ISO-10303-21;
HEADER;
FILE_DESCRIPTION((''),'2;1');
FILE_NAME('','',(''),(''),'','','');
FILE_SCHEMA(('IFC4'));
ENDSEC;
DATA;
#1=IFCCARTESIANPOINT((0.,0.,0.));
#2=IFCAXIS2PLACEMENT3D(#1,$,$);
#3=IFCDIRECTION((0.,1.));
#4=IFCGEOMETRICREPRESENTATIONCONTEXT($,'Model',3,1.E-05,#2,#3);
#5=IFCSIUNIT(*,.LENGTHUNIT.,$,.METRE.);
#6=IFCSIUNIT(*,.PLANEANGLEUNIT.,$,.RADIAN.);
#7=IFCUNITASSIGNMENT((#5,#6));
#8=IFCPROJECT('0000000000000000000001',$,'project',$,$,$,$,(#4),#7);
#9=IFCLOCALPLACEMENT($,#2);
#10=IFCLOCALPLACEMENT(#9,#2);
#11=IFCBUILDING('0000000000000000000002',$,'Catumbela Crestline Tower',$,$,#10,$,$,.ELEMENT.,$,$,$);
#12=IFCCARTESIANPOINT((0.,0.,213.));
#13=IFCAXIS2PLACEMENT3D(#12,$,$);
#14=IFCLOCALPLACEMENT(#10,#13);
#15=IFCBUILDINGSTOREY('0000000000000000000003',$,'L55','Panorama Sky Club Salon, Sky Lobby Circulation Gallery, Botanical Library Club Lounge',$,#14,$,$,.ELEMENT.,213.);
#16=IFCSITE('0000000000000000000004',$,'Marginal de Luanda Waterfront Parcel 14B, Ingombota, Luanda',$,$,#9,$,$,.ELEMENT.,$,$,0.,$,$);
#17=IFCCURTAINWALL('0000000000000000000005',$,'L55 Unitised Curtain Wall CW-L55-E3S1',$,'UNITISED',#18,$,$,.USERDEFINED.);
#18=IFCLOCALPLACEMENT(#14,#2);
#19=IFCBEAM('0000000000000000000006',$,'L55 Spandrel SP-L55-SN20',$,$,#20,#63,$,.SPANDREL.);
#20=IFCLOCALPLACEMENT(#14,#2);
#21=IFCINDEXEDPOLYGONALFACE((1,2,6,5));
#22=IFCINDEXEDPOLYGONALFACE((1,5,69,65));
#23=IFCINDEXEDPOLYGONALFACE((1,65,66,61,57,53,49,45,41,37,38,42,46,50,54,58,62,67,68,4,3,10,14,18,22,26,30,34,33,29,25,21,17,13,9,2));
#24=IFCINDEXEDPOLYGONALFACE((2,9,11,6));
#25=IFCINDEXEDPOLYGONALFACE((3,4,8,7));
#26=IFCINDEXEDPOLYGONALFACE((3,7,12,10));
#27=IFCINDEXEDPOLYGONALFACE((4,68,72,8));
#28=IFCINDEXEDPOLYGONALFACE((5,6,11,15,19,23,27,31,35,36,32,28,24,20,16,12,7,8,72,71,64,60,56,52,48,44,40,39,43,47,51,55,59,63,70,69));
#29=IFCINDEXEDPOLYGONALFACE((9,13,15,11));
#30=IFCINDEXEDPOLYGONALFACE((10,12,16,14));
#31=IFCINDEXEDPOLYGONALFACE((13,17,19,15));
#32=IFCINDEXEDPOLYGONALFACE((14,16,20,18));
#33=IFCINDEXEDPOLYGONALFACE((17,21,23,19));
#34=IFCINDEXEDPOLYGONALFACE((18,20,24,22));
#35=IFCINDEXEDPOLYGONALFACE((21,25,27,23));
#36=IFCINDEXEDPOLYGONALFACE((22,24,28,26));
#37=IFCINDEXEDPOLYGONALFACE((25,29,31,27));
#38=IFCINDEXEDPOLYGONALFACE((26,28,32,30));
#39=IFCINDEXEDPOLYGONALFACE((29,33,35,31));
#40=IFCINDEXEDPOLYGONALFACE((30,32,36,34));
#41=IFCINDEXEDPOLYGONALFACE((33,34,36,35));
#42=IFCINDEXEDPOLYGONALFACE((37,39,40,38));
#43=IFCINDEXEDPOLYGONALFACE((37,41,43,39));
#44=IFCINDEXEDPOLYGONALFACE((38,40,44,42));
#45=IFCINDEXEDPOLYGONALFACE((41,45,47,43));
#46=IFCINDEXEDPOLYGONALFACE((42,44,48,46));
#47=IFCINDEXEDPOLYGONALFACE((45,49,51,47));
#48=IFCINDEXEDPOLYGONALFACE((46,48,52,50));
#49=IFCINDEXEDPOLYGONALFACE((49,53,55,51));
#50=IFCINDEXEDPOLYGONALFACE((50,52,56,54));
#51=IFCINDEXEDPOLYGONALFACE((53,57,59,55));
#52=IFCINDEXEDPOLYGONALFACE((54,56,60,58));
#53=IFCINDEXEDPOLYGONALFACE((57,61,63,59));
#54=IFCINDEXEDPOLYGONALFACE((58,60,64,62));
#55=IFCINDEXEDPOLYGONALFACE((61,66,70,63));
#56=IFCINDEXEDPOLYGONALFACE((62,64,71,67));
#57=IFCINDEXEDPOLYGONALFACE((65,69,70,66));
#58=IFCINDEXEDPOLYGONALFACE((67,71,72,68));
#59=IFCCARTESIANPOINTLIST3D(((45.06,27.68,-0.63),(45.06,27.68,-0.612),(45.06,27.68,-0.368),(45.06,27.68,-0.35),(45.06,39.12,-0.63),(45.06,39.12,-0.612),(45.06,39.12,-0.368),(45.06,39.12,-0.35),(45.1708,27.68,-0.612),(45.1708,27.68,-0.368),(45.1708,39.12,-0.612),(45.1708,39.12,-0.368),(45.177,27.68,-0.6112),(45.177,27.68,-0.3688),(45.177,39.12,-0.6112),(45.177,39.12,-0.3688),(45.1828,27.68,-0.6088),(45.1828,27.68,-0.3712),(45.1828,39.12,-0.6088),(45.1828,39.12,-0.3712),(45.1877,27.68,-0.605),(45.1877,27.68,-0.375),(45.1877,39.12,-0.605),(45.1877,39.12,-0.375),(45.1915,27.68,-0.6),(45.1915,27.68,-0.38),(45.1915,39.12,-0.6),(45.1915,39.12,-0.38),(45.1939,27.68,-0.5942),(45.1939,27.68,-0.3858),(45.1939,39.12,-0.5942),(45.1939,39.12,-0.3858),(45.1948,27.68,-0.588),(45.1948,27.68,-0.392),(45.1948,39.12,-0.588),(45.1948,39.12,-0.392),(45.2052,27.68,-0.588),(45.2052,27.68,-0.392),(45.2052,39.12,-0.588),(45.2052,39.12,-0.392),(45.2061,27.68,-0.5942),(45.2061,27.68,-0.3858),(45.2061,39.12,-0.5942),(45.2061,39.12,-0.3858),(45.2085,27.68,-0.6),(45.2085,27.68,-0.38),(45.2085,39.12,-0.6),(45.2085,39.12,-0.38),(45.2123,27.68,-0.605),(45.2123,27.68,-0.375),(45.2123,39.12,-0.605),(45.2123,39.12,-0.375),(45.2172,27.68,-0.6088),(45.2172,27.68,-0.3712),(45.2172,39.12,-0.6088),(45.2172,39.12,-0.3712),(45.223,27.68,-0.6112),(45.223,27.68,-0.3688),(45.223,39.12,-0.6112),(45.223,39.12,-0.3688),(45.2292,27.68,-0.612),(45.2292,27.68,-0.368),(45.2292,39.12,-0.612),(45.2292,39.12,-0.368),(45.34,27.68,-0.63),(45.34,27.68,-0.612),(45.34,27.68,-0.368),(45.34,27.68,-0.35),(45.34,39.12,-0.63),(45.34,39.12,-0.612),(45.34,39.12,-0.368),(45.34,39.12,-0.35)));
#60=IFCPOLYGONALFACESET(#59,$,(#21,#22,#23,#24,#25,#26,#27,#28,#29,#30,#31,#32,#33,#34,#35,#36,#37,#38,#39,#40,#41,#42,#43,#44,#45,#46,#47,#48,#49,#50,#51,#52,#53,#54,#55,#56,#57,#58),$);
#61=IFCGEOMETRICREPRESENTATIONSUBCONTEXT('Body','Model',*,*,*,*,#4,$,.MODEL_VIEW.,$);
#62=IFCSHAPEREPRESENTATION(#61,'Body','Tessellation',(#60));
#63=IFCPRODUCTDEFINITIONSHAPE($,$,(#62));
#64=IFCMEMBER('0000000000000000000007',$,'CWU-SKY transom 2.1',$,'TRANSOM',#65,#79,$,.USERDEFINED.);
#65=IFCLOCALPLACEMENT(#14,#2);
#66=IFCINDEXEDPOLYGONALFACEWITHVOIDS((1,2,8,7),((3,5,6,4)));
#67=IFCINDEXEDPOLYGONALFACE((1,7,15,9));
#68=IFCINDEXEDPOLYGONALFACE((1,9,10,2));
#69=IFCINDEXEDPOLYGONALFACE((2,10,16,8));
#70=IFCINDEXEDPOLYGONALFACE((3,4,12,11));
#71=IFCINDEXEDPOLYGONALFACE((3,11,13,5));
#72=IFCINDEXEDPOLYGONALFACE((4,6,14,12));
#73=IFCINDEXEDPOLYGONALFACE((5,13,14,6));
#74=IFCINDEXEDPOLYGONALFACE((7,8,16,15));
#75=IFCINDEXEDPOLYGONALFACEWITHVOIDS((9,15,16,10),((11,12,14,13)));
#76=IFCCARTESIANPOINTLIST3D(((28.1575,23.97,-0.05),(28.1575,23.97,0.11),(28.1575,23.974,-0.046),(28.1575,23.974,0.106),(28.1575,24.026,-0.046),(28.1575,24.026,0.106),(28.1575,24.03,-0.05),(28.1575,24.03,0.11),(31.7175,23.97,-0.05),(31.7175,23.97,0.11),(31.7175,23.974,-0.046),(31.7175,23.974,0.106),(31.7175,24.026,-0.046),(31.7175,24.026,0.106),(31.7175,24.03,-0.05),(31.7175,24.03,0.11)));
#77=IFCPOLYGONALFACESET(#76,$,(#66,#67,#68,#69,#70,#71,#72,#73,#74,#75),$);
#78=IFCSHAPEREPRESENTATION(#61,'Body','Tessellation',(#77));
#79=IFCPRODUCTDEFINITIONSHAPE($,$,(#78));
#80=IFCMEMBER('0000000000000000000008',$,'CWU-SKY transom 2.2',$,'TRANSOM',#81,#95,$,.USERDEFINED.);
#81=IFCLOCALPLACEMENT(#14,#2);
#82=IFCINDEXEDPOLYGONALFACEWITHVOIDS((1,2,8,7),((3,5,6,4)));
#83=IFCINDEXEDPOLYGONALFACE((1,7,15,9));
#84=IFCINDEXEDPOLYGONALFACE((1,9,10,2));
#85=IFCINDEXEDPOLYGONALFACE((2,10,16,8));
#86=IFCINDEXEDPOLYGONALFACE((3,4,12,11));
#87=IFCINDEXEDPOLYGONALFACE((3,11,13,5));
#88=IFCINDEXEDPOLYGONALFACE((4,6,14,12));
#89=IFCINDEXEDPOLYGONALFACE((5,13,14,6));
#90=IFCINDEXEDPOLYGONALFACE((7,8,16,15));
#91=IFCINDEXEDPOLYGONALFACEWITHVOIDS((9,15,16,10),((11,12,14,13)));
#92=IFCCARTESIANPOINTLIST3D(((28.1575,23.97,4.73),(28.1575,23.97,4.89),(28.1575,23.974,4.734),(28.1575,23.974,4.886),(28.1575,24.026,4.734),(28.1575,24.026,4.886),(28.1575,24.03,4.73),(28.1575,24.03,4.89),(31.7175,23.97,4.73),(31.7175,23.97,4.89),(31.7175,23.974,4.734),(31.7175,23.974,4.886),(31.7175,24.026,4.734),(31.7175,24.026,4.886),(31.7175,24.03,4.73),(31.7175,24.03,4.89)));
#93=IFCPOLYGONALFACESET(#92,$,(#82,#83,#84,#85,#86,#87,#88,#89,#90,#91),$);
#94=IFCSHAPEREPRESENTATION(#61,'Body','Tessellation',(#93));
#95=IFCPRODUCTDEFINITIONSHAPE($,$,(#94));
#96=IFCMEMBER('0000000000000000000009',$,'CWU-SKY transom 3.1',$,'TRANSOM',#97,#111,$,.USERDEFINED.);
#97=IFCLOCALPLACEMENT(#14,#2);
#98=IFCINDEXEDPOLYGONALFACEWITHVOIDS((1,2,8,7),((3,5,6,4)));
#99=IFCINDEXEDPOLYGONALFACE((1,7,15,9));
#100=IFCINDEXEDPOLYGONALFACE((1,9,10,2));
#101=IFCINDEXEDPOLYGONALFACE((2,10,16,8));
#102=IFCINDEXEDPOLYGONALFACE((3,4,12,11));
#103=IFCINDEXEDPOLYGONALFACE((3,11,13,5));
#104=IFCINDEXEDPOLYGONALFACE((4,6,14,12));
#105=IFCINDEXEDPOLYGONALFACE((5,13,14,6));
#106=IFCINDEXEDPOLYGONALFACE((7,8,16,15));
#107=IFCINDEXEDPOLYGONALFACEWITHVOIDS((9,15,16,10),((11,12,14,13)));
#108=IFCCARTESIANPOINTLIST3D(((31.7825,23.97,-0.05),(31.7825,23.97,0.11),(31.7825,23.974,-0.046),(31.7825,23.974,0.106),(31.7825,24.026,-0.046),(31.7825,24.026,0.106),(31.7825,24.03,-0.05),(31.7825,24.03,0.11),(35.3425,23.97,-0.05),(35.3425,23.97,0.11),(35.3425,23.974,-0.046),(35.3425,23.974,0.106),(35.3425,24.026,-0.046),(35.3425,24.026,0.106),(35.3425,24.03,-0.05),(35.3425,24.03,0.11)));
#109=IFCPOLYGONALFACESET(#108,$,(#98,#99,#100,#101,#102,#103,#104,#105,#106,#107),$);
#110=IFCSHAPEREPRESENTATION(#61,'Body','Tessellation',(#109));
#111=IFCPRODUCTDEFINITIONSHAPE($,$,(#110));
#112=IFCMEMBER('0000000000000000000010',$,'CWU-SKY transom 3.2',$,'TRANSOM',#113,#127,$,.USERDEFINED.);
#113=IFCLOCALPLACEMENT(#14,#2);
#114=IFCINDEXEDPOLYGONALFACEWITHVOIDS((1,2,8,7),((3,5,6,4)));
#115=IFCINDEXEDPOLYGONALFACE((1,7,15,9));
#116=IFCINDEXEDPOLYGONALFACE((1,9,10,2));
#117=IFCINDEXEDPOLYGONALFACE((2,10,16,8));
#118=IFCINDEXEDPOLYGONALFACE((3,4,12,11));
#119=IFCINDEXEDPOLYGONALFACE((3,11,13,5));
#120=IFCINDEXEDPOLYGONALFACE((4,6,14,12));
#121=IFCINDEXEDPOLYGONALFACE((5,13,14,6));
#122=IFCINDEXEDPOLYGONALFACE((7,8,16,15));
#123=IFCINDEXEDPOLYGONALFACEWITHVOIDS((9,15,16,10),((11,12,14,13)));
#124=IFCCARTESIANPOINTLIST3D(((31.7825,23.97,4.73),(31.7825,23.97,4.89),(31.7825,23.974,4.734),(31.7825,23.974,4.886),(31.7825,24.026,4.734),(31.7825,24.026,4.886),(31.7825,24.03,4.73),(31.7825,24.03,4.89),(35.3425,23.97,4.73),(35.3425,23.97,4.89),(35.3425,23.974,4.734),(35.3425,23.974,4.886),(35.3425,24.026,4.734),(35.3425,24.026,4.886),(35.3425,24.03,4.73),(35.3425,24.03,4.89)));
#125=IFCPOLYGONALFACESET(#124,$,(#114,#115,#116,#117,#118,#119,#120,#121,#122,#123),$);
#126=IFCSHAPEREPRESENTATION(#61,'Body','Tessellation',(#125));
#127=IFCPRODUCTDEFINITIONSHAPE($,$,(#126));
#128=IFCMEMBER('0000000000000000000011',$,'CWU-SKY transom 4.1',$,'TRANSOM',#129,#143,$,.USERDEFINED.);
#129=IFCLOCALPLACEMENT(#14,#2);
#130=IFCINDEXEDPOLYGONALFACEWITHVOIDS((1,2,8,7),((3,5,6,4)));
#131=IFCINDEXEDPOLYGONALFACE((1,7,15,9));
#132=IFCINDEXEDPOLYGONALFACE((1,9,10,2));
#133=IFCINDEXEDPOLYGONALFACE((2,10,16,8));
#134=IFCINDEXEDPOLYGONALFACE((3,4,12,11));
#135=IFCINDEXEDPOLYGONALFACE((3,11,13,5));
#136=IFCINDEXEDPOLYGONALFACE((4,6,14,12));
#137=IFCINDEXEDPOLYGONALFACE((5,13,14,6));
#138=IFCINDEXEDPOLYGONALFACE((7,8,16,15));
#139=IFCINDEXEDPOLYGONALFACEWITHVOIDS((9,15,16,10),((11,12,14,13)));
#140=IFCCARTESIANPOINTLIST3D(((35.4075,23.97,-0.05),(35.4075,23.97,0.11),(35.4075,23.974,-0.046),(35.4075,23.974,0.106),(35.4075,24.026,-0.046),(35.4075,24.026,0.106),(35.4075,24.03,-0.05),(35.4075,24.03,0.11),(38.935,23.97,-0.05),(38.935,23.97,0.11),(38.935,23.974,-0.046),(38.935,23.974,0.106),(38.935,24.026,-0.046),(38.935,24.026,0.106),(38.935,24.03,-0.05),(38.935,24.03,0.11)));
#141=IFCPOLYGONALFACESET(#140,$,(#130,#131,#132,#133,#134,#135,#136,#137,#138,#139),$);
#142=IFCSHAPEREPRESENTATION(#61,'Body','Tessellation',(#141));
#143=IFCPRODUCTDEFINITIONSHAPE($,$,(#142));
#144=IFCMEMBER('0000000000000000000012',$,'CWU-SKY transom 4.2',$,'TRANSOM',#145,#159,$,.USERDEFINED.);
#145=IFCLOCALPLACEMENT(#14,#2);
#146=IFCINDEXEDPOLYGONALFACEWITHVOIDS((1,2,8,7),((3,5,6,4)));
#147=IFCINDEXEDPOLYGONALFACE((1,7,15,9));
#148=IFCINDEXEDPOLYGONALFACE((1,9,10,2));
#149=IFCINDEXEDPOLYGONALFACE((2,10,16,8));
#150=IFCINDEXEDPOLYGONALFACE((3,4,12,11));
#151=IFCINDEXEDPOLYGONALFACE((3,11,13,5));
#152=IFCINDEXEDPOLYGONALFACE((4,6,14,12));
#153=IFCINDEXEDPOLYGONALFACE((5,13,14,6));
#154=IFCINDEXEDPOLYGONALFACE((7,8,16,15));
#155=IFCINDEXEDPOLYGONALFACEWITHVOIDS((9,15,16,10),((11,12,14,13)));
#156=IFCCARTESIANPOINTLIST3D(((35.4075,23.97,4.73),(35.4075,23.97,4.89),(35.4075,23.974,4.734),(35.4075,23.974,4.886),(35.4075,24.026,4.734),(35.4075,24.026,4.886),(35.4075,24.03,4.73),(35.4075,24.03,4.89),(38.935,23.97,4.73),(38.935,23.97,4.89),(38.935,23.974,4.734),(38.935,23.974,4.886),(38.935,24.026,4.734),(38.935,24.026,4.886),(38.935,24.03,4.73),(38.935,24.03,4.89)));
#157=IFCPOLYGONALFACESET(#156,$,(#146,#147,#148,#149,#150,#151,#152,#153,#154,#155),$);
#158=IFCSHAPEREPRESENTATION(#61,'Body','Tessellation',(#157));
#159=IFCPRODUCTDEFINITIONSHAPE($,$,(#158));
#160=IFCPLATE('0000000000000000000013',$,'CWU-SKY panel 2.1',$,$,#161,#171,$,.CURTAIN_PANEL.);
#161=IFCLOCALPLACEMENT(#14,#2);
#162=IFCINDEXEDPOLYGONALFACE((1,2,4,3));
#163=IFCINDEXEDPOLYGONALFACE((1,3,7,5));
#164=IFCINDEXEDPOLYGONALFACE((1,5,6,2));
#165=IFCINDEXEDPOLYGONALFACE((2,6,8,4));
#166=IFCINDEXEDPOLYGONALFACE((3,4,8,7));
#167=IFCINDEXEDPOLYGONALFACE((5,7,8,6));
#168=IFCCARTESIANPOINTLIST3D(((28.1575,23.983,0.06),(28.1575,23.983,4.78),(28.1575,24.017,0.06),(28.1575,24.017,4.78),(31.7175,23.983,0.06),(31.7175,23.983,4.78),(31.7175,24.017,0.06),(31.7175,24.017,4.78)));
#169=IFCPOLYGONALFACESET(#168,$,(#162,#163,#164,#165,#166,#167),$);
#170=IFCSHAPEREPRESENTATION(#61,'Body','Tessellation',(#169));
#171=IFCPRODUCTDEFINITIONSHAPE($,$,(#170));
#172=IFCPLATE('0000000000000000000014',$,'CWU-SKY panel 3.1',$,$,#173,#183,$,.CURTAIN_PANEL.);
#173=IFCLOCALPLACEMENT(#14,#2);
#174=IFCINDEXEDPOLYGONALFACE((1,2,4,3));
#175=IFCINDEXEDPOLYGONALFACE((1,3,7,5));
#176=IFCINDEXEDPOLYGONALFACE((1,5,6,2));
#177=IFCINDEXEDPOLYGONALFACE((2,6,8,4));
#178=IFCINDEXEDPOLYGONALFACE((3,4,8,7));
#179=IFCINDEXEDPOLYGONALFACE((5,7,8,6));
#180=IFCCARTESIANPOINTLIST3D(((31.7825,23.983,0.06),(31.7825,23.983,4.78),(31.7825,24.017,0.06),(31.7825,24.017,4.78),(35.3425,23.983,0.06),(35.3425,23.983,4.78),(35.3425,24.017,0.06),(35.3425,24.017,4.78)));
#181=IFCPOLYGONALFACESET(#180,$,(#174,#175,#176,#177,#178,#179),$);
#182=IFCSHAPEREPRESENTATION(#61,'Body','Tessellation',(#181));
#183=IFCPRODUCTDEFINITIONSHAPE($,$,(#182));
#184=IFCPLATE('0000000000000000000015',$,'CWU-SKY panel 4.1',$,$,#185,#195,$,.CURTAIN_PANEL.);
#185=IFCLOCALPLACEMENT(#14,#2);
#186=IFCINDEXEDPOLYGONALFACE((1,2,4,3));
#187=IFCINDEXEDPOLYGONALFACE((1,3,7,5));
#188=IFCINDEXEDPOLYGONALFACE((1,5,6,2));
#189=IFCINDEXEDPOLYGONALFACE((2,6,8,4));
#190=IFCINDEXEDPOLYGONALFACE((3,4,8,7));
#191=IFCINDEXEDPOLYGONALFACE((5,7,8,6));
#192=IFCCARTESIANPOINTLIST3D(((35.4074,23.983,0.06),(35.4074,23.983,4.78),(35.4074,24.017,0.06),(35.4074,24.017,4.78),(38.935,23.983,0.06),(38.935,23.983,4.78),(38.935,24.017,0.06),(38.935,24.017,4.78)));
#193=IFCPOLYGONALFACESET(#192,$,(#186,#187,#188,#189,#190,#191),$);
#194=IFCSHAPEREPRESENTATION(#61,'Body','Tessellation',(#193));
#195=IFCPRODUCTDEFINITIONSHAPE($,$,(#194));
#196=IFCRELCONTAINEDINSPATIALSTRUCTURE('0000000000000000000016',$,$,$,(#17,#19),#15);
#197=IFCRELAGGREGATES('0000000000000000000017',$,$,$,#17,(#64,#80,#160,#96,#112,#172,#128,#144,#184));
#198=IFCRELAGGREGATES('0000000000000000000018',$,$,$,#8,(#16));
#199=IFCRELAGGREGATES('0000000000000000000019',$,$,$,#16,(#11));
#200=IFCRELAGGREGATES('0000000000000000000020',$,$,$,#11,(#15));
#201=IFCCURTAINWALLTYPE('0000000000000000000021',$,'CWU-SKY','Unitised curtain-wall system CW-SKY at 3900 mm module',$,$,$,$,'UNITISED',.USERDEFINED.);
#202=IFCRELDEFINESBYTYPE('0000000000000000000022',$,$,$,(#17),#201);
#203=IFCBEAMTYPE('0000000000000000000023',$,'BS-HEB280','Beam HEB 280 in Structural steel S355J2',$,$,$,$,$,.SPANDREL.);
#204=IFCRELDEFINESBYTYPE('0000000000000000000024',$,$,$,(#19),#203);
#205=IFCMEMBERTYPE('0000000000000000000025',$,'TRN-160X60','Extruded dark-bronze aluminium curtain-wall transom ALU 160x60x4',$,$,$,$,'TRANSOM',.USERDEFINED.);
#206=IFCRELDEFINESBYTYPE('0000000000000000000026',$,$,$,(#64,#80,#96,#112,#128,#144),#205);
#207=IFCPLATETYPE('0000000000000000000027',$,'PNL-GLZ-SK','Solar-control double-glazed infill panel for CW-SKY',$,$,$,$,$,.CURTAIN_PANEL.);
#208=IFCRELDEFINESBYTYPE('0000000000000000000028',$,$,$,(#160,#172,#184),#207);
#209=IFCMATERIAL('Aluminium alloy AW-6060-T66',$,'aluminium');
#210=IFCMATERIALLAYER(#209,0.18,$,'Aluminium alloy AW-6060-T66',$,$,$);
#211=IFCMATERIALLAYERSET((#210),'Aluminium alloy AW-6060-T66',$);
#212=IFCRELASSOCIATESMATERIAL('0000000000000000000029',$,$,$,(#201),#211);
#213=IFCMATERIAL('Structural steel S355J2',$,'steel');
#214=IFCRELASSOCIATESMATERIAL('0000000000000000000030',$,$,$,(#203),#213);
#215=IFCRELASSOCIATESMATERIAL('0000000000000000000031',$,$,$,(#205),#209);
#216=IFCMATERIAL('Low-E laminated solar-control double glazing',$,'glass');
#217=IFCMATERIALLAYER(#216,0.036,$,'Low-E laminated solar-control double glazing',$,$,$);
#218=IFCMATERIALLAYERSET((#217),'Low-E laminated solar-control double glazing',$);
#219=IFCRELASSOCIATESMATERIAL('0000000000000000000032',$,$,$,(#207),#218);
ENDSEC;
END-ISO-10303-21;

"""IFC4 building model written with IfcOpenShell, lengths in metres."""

from ifc_helpers import new_model, si_unit, direction, frame, origin, origin_2d, place, context, subcontext, project, spatial, rectangle, hollow_rectangle, i_section, extrude, material, layer, layer_set, material_profile, profile_set, type_object, element, aggregate, save


model = new_model("IFC4")

# Units and contexts
model_context = context("Model", 3, precision=1e-05, world=origin(), true_north=direction((0.0, 1.0)))
body_context = subcontext(model_context, "Body", "Model", "MODEL_VIEW")
ifc_project = project(units=[si_unit("LENGTHUNIT", "METRE"), si_unit("PLANEANGLEUNIT", "RADIAN")], contexts=[model_context])

# Site, building, storey
site_placement = place(None, origin())
site = spatial("IfcSite", under=ifc_project, at=site_placement, Name="Marginal de Luanda Waterfront Parcel 14B, Ingombota, Luanda", CompositionType="ELEMENT", RefElevation=0.0)
building_placement = place(site_placement, origin())
building = spatial("IfcBuilding", under=site, at=building_placement, Name="Catumbela Crestline Tower", CompositionType="ELEMENT")
storey_placement = place(building_placement, frame((0.0, 0.0, 213.0)))
storey = spatial("IfcBuildingStorey", under=building, at=storey_placement, Name="L55", Description="Panorama Sky Club Salon, Sky Lobby Circulation Gallery, Botanical Library Club Lounge", CompositionType="ELEMENT", Elevation=213.0)

# Shared definitions
ifc_material_1 = material(Name="Structural steel S355J2", Category="steel")

# Curtain wall
ifc_material_2 = material(Name="Aluminium alloy AW-6060-T66", Category="aluminium")
ifc_layer_1 = layer(ifc_material_2, 0.18, Name="Aluminium alloy AW-6060-T66")
ifc_layer_set_1 = layer_set([ifc_layer_1], Name="Aluminium alloy AW-6060-T66")
curtain_wall_type = type_object("IfcCurtainWallType", Name="CWU-SKY", Description="Unitised curtain-wall system CW-SKY at 3900 mm module", ElementType="UNITISED", PredefinedType="USERDEFINED", material=ifc_layer_set_1)
curtain_wall_placement = place(storey_placement, origin())
curtain_wall = element("IfcCurtainWall", 1, at=curtain_wall_placement, inside=storey, type_object=curtain_wall_type, Name="L55 Unitised Curtain Wall CW-L55-E3S1", ObjectType="UNITISED", PredefinedType="USERDEFINED")

# Beam
ifc_material_profile_1 = material_profile(ifc_material_1, i_section(OverallWidth=0.28, OverallDepth=0.28, WebThickness=0.0105, FlangeThickness=0.018, FilletRadius=0.024, at=origin_2d()), Name="HEB 280")
ifc_profile_set_1 = profile_set([ifc_material_profile_1], Name="Structural steel S355J2")
beam_type_1 = type_object("IfcBeamType", Name="BS-HEB280", Description="Beam HEB 280 in Structural steel S355J2", PredefinedType="SPANDREL", material=ifc_profile_set_1)
beam_1_placement = place(storey_placement, frame((45.2, 27.68, -0.49), z_axis=(0.0, 1.0, 0.0), x_axis=(-1.0, 0.0, 0.0)))
element("IfcBeam", 2, at=beam_1_placement, inside=storey, type_object=beam_type_1, Name="L55 Spandrel SP-L55-SN20", PredefinedType="SPANDREL", context=body_context, shape_type="SweptSolid", body=[
    extrude(i_section(OverallWidth=0.28, OverallDepth=0.28, WebThickness=0.0105, FlangeThickness=0.018, FilletRadius=0.024, at=origin_2d()), origin(), (0.0, 0.0, 1.0), 11.44),
])

# Members
ifc_material_profile_2 = material_profile(ifc_material_2, hollow_rectangle(XDim=0.06, YDim=0.16, WallThickness=0.004, at=origin_2d()), Name="ALU 160x60x4")
ifc_profile_set_2 = profile_set([ifc_material_profile_2], Name="Aluminium alloy AW-6060-T66")
member_type_1 = type_object("IfcMemberType", Name="TRN-160X60", Description="Extruded dark-bronze aluminium curtain-wall transom ALU 160x60x4", ElementType="TRANSOM", PredefinedType="USERDEFINED", material=ifc_profile_set_2)
member_1_placement = place(storey_placement, frame((28.1575, 24.0, 0.03), z_axis=(1.0, 0.0, 0.0), x_axis=(0.0, 1.0, 0.0)))
member_1 = element("IfcMember", 3, at=member_1_placement, type_object=member_type_1, Name="CWU-SKY transom 2.1", ObjectType="TRANSOM", PredefinedType="USERDEFINED", context=body_context, shape_type="SweptSolid", body=[
    extrude(hollow_rectangle(XDim=0.06, YDim=0.16, WallThickness=0.004, at=origin_2d()), origin(), (0.0, 0.0, 1.0), 3.56),
])
member_2_placement = place(storey_placement, frame((28.1575, 24.0, 4.81), z_axis=(1.0, 0.0, 0.0), x_axis=(0.0, 1.0, 0.0)))
member_2 = element("IfcMember", 4, at=member_2_placement, type_object=member_type_1, Name="CWU-SKY transom 2.2", ObjectType="TRANSOM", PredefinedType="USERDEFINED", context=body_context, shape_type="SweptSolid", body=[
    extrude(hollow_rectangle(XDim=0.06, YDim=0.16, WallThickness=0.004, at=origin_2d()), origin(), (0.0, 0.0, 1.0), 3.56),
])
member_3_placement = place(storey_placement, frame((31.7825, 24.0, 0.03), z_axis=(1.0, 0.0, 0.0), x_axis=(0.0, 1.0, 0.0)))
member_3 = element("IfcMember", 5, at=member_3_placement, type_object=member_type_1, Name="CWU-SKY transom 3.1", ObjectType="TRANSOM", PredefinedType="USERDEFINED", context=body_context, shape_type="SweptSolid", body=[
    extrude(hollow_rectangle(XDim=0.06, YDim=0.16, WallThickness=0.004, at=origin_2d()), origin(), (0.0, 0.0, 1.0), 3.56),
])
member_4_placement = place(storey_placement, frame((31.7825, 24.0, 4.81), z_axis=(1.0, 0.0, 0.0), x_axis=(0.0, 1.0, 0.0)))
member_4 = element("IfcMember", 6, at=member_4_placement, type_object=member_type_1, Name="CWU-SKY transom 3.2", ObjectType="TRANSOM", PredefinedType="USERDEFINED", context=body_context, shape_type="SweptSolid", body=[
    extrude(hollow_rectangle(XDim=0.06, YDim=0.16, WallThickness=0.004, at=origin_2d()), origin(), (0.0, 0.0, 1.0), 3.56),
])
member_5_placement = place(storey_placement, frame((35.4075, 24.0, 0.03), z_axis=(1.0, 0.0, 0.0), x_axis=(0.0, 1.0, 0.0)))
member_5 = element("IfcMember", 7, at=member_5_placement, type_object=member_type_1, Name="CWU-SKY transom 4.1", ObjectType="TRANSOM", PredefinedType="USERDEFINED", context=body_context, shape_type="SweptSolid", body=[
    extrude(hollow_rectangle(XDim=0.06, YDim=0.16, WallThickness=0.004, at=origin_2d()), origin(), (0.0, 0.0, 1.0), 3.5275),
])
member_6_placement = place(storey_placement, frame((35.4075, 24.0, 4.81), z_axis=(1.0, 0.0, 0.0), x_axis=(0.0, 1.0, 0.0)))
member_6 = element("IfcMember", 8, at=member_6_placement, type_object=member_type_1, Name="CWU-SKY transom 4.2", ObjectType="TRANSOM", PredefinedType="USERDEFINED", context=body_context, shape_type="SweptSolid", body=[
    extrude(hollow_rectangle(XDim=0.06, YDim=0.16, WallThickness=0.004, at=origin_2d()), origin(), (0.0, 0.0, 1.0), 3.5275),
])

# Plates
ifc_material_3 = material(Name="Low-E laminated solar-control double glazing", Category="glass")
ifc_layer_2 = layer(ifc_material_3, 0.036, Name="Low-E laminated solar-control double glazing")
ifc_layer_set_2 = layer_set([ifc_layer_2], Name="Low-E laminated solar-control double glazing")
plate_type = type_object("IfcPlateType", Name="PNL-GLZ-SK", Description="Solar-control double-glazed infill panel for CW-SKY", PredefinedType="CURTAIN_PANEL", material=ifc_layer_set_2)
plate_1_placement = place(storey_placement, frame((29.9375, 24.0, 0.06), z_axis=(0.0, 0.0, 1.0), x_axis=(1.0, 0.0, 0.0)))
plate_1 = element("IfcPlate", 9, at=plate_1_placement, type_object=plate_type, Name="CWU-SKY panel 2.1", PredefinedType="CURTAIN_PANEL", context=body_context, shape_type="SweptSolid", body=[
    extrude(rectangle(XDim=3.56, YDim=0.034, at=origin_2d()), origin(), (0.0, 0.0, 1.0), 4.72),
])
plate_2_placement = place(storey_placement, frame((33.5625, 24.0, 0.06), z_axis=(0.0, 0.0, 1.0), x_axis=(1.0, 0.0, 0.0)))
plate_2 = element("IfcPlate", 10, at=plate_2_placement, type_object=plate_type, Name="CWU-SKY panel 3.1", PredefinedType="CURTAIN_PANEL", context=body_context, shape_type="SweptSolid", body=[
    extrude(rectangle(XDim=3.56, YDim=0.034, at=origin_2d()), origin(), (0.0, 0.0, 1.0), 4.72),
])
plate_3_placement = place(storey_placement, frame((37.1712, 24.0, 0.06), z_axis=(0.0, 0.0, 1.0), x_axis=(1.0, 0.0, 0.0)))
plate_3 = element("IfcPlate", 11, at=plate_3_placement, type_object=plate_type, Name="CWU-SKY panel 4.1", PredefinedType="CURTAIN_PANEL", context=body_context, shape_type="SweptSolid", body=[
    extrude(rectangle(XDim=3.5275, YDim=0.034, at=origin_2d()), origin(), (0.0, 0.0, 1.0), 4.72),
])
aggregate(curtain_wall, [member_1, member_2, plate_1, member_3, member_4, plate_2, member_5, member_6, plate_3])

save(model, "model.ifc")
